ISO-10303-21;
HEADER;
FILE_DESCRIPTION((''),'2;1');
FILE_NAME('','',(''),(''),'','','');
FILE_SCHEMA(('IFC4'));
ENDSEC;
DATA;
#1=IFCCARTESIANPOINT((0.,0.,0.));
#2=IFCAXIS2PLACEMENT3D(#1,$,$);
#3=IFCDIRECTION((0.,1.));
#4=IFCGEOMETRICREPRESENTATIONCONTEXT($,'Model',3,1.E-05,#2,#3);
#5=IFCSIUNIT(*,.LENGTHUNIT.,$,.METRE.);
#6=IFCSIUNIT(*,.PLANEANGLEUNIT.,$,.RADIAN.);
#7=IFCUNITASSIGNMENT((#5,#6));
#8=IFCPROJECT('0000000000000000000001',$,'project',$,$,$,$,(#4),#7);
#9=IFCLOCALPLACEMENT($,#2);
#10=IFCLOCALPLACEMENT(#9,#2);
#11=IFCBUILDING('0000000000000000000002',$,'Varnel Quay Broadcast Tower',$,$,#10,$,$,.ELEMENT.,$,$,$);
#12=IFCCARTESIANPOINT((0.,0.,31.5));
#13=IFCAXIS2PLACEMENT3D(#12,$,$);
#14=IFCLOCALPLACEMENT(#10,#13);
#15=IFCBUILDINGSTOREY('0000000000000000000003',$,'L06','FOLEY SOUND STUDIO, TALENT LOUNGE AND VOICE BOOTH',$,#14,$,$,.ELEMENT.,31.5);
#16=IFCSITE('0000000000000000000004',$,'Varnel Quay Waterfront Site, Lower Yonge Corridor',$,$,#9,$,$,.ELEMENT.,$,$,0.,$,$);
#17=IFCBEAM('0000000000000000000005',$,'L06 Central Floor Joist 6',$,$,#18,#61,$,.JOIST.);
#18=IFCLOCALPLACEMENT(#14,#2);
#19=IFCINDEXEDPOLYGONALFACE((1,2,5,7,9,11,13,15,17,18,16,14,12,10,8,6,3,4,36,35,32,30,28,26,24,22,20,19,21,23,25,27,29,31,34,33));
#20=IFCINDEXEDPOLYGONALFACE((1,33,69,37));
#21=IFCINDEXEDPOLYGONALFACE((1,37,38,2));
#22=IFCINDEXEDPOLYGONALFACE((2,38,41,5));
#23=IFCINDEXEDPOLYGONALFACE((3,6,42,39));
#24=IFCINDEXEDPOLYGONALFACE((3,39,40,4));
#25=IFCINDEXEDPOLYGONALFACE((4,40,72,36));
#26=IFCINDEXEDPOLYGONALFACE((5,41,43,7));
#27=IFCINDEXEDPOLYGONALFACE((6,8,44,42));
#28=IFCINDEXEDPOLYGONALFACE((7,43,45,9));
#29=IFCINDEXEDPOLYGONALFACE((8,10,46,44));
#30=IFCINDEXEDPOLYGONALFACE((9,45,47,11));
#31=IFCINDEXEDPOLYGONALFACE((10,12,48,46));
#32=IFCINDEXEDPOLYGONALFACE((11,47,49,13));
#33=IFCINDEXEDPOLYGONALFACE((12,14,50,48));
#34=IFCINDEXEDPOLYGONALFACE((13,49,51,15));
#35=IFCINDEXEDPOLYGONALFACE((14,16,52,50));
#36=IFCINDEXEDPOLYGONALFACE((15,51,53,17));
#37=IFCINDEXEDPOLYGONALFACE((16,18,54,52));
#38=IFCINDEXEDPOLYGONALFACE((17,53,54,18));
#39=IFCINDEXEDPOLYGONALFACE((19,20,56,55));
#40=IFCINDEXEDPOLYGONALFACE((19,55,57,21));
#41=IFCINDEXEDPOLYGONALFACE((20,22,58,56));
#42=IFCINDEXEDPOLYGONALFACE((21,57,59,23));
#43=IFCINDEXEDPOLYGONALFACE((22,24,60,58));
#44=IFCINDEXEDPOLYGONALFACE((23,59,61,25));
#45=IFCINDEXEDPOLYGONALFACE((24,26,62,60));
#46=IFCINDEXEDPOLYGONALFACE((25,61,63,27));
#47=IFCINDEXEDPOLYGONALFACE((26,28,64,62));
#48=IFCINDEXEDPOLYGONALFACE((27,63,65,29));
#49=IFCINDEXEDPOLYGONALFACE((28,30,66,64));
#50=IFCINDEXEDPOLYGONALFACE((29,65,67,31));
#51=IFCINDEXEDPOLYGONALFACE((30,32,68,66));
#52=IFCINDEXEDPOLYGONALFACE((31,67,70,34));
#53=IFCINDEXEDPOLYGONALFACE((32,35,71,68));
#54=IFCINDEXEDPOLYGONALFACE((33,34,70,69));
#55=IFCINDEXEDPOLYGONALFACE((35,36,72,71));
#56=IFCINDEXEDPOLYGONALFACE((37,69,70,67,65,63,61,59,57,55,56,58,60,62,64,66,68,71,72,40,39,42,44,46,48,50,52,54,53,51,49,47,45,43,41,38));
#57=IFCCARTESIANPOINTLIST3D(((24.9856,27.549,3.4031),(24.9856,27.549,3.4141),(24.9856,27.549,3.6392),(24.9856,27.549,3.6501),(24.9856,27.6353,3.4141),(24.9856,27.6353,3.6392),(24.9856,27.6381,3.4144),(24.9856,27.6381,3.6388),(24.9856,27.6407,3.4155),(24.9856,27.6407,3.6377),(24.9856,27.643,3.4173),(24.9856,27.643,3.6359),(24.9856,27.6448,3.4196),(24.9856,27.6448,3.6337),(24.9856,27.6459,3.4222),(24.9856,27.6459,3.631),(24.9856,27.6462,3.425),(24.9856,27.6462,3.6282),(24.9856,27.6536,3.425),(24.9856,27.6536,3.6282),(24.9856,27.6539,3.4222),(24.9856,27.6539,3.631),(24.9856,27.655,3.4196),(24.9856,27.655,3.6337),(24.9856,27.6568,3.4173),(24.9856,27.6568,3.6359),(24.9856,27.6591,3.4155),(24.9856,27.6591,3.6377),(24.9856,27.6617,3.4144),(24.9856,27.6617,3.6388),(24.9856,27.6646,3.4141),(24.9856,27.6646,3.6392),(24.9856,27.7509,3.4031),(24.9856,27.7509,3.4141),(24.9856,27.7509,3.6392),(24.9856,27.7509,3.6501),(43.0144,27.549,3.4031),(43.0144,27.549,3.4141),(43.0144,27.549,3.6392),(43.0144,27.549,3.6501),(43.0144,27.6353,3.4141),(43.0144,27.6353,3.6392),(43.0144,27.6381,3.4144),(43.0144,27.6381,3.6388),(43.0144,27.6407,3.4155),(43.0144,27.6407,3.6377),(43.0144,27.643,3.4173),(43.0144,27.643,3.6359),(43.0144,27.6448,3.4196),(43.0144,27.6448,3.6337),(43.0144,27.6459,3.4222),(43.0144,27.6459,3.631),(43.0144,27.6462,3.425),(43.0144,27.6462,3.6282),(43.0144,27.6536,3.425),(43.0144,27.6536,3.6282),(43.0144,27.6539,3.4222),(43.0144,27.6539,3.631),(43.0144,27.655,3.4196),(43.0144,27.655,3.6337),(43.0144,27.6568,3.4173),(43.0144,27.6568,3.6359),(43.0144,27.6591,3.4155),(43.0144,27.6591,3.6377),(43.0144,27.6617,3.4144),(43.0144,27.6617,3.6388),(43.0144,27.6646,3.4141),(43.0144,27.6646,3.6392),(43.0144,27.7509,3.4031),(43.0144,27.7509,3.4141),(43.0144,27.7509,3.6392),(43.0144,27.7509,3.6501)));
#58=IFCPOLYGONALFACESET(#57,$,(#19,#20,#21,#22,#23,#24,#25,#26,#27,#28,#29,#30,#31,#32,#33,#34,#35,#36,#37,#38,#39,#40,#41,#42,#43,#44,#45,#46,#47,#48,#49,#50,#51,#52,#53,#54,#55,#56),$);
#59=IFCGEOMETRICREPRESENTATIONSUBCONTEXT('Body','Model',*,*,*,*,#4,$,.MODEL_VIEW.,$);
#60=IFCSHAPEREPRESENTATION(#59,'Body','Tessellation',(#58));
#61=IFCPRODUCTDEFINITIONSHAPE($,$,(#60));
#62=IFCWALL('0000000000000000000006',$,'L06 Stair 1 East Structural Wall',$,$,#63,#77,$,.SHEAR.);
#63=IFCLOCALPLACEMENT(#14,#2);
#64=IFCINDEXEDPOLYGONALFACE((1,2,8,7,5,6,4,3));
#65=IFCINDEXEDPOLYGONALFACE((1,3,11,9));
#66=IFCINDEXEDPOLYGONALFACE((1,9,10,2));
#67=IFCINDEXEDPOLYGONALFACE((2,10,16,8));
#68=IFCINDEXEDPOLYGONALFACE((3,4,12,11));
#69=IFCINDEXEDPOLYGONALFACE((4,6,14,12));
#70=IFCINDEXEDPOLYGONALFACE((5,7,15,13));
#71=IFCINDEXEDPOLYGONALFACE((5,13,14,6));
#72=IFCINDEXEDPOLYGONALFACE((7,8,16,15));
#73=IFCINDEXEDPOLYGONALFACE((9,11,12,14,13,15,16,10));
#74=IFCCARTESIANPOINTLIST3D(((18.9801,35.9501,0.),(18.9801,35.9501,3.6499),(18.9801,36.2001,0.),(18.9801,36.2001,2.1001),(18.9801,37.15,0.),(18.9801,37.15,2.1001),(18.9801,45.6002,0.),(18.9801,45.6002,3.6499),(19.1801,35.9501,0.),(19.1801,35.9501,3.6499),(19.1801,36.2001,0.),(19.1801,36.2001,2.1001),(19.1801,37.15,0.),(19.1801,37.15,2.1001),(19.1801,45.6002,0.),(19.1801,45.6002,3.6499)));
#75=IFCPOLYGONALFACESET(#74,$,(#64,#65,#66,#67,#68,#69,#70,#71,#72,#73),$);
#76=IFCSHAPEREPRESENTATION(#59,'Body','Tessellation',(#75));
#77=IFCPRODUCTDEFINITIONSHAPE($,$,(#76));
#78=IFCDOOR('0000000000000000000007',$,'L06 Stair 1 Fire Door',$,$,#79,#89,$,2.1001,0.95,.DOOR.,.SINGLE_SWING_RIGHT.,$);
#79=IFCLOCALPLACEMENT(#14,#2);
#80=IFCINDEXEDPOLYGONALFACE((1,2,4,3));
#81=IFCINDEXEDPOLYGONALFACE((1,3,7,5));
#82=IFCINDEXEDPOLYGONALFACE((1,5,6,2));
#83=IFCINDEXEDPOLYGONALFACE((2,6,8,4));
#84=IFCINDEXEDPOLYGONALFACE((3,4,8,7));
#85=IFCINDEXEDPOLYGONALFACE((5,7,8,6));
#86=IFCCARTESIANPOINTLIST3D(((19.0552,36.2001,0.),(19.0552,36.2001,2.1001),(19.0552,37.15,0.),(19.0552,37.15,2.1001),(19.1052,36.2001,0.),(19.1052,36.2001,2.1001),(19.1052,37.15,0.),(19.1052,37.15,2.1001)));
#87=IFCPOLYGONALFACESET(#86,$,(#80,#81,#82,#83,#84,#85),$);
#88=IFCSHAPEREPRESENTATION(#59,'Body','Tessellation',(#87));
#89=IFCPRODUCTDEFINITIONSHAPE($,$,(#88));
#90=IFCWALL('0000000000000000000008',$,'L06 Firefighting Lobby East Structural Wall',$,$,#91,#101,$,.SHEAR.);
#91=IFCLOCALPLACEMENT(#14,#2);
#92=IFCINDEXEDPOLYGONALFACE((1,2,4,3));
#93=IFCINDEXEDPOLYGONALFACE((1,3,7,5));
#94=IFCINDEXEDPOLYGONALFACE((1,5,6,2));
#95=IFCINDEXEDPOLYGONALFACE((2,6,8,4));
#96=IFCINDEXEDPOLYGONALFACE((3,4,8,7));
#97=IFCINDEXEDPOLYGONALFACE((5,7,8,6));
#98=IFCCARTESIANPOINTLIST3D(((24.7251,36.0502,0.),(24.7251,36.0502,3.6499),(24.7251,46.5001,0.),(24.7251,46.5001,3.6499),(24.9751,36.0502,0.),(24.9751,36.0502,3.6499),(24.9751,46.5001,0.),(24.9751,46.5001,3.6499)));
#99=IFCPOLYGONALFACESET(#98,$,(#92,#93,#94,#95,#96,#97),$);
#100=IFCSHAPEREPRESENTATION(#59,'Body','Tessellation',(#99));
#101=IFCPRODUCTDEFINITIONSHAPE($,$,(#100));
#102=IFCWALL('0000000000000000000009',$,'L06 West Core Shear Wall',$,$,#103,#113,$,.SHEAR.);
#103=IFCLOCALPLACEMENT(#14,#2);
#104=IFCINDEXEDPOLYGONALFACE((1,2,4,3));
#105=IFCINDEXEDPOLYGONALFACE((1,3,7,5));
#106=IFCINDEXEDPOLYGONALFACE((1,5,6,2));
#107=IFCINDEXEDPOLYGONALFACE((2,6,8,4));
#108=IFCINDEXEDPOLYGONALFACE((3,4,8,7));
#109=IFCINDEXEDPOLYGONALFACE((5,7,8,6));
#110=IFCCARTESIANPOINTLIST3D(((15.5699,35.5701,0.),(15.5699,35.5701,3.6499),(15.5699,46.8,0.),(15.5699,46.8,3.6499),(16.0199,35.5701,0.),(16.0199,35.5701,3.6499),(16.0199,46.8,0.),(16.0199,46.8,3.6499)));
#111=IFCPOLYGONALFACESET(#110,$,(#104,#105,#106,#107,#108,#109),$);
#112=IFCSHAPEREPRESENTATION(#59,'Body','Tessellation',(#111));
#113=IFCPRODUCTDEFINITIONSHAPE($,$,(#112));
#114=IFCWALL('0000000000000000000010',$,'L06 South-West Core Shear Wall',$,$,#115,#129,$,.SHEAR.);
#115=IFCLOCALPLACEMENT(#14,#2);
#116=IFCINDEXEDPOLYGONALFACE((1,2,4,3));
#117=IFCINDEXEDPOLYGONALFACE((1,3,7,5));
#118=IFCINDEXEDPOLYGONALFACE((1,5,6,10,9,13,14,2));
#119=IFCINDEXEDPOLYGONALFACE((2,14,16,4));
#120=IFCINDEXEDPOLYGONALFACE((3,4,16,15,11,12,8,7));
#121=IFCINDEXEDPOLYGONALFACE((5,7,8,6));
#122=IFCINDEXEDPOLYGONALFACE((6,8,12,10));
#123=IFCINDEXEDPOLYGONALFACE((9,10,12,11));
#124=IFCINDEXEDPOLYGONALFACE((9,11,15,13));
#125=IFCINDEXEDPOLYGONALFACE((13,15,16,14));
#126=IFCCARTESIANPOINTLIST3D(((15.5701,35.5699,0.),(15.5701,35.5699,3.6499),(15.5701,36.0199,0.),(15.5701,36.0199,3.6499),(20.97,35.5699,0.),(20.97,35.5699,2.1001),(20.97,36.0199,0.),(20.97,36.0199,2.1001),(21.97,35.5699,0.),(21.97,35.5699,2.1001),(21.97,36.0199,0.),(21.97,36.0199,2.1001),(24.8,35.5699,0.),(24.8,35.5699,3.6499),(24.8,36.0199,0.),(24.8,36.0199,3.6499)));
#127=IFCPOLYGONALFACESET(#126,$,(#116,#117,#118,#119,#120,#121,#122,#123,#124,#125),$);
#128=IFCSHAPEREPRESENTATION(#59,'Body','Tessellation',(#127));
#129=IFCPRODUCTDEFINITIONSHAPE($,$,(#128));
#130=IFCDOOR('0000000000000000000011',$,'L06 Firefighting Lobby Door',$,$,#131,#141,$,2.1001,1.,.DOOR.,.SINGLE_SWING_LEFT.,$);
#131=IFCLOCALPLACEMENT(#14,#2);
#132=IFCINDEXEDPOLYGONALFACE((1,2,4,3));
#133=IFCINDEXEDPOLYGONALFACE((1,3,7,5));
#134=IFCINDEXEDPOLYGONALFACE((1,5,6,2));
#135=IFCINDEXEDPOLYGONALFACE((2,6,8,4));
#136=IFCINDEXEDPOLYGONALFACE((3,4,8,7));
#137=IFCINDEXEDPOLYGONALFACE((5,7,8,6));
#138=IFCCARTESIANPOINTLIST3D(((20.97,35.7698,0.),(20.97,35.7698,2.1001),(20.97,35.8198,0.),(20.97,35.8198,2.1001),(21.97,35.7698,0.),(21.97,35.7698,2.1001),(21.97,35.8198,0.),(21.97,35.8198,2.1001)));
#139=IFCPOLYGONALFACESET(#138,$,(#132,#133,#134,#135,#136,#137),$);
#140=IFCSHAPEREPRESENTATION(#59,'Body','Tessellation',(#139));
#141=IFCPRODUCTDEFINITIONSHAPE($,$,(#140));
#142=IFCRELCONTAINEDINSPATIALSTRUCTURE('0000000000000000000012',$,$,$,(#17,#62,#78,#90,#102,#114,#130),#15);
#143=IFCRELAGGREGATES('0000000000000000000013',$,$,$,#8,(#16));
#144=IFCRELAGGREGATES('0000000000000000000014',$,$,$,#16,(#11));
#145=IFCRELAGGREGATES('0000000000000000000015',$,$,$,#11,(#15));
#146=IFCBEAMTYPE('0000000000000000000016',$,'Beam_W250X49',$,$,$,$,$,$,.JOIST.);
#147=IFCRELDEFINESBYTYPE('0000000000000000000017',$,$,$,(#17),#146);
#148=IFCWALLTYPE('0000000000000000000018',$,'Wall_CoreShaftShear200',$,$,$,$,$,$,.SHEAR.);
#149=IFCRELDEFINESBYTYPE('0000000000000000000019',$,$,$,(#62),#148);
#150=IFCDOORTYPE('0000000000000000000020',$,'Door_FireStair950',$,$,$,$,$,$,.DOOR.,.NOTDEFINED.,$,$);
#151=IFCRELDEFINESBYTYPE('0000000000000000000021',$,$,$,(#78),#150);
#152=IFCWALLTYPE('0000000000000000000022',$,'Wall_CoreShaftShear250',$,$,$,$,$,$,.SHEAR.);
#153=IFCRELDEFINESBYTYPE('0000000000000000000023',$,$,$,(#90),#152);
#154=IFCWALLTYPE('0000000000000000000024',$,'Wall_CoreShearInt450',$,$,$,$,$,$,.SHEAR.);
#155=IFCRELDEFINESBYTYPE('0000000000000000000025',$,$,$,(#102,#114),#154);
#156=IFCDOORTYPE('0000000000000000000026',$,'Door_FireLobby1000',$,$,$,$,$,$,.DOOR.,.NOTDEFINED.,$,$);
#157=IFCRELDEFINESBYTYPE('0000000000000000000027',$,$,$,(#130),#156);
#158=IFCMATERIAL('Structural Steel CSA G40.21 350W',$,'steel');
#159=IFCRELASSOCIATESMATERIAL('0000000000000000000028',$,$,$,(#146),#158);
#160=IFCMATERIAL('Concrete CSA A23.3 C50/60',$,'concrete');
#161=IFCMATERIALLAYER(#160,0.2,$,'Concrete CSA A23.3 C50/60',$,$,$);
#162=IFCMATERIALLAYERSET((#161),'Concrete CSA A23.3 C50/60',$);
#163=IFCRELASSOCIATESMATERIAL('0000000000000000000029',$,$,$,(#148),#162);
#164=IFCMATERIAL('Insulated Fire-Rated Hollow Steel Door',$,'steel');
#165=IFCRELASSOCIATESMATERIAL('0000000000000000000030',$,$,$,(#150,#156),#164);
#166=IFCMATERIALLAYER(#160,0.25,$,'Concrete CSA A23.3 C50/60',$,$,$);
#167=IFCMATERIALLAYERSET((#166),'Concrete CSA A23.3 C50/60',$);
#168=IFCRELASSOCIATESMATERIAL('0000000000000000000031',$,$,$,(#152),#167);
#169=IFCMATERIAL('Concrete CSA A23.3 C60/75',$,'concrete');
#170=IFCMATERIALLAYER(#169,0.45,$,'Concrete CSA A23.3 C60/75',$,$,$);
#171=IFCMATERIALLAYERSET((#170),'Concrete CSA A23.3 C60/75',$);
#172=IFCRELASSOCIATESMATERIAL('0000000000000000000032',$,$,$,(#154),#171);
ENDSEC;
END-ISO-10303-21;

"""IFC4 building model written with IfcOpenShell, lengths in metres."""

from ifc_helpers import new_model, si_unit, direction, frame, frame_2d, origin, origin_2d, place, context, subcontext, project, spatial, rectangle, i_section, extrude, source, transform, mapped, material, layer, layer_set, material_profile, profile_set, type_object, type_shapes, element, fill, save


model = new_model("IFC4")

# Units and contexts
model_context = context("Model", 3, precision=1e-05, world=origin(), true_north=direction((0.0, 1.0)))
body_context = subcontext(model_context, "Body", "Model", "MODEL_VIEW")
ifc_project = project(units=[si_unit("LENGTHUNIT", "METRE"), si_unit("PLANEANGLEUNIT", "RADIAN")], contexts=[model_context])

# Site, building, storey
site_placement = place(None, origin())
site = spatial("IfcSite", under=ifc_project, at=site_placement, Name="Varnel Quay Waterfront Site, Lower Yonge Corridor", CompositionType="ELEMENT", RefElevation=0.0)
building_placement = place(site_placement, origin())
building = spatial("IfcBuilding", under=site, at=building_placement, Name="Varnel Quay Broadcast Tower", CompositionType="ELEMENT")
storey_placement = place(building_placement, frame((0.0, 0.0, 31.5)))
storey = spatial("IfcBuildingStorey", under=building, at=storey_placement, Name="L06", Description="FOLEY SOUND STUDIO, TALENT LOUNGE AND VOICE BOOTH", CompositionType="ELEMENT", Elevation=31.5)

# Shared definitions
ifc_material_1 = material(Name="Concrete CSA A23.3 C60/75", Category="concrete")

# Beam
ifc_material_2 = material(Name="Structural Steel CSA G40.21 350W", Category="steel")
ifc_material_profile_1 = material_profile(ifc_material_2, i_section(OverallWidth=0.2019, OverallDepth=0.2471, WebThickness=0.0073, FlangeThickness=0.011, FilletRadius=0.011, at=origin_2d()), Name="W250X49")
ifc_profile_set_1 = profile_set([ifc_material_profile_1], Name="Structural Steel CSA G40.21 350W")
beam_type_1 = type_object("IfcBeamType", Name="Beam_W250X49", PredefinedType="JOIST", material=ifc_profile_set_1)
shared_shape_1 = source(origin(), body_context, "Body", "SweptSolid", [
    extrude(i_section(OverallWidth=0.2019, OverallDepth=0.2471, WebThickness=0.0073, FlangeThickness=0.011, FilletRadius=0.011, at=origin_2d()), origin(), (0.0, 0.0, 1.0), 18.0288),
])
beam_1_placement = place(storey_placement, frame((24.9856, 27.6499, 3.5266), z_axis=(1.0, 0.0, 0.0), x_axis=(0.0, 1.0, 0.0)))
element("IfcBeam", 1, at=beam_1_placement, inside=storey, type_object=beam_type_1, Name="L06 Central Floor Joist 6", PredefinedType="JOIST", context=body_context, shape_type="MappedRepresentation", body=[
    mapped(shared_shape_1, transform((0.0, 0.0, 0.0), x_axis=(1.0, 0.0, 0.0), y_axis=(0.0, 1.0, 0.0), z_axis=(0.0, 0.0, 1.0), scale=1.0)),
])

# Wall, opening, door
ifc_material_3 = material(Name="Concrete CSA A23.3 C50/60", Category="concrete")
ifc_layer_1 = layer(ifc_material_3, 0.2, Name="Concrete CSA A23.3 C50/60")
ifc_layer_set_1 = layer_set([ifc_layer_1], Name="Concrete CSA A23.3 C50/60")
wall_type_1 = type_object("IfcWallType", Name="Wall_CoreShaftShear200", PredefinedType="SHEAR", material=ifc_layer_set_1)
wall_1_placement = place(storey_placement, frame((19.0801, 35.95, 0.0), z_axis=(0.0, 0.0, 1.0), x_axis=(0.0, 1.0, 0.0)))
wall_1 = element("IfcWall", 2, at=wall_1_placement, inside=storey, type_object=wall_type_1, Name="L06 Stair 1 East Structural Wall", PredefinedType="SHEAR", context=body_context, shape_type="SweptSolid", body=[
    extrude(rectangle(XDim=9.6501, YDim=0.2, at=frame_2d((4.8252, 0.0))), origin(), (0.0, 0.0, 1.0), 3.6499),
])
opening_1_placement = place(wall_1_placement, frame((0.25, 0.0, 0.0)))
opening_1 = element("IfcOpeningElement", 3, at=opening_1_placement, cuts=wall_1, PredefinedType="OPENING", context=body_context, shape_type="SweptSolid", body=[
    extrude(rectangle(XDim=0.95, YDim=2.1001, at=frame_2d((0.4751, 1.05))), frame((0.0, 0.1099, 0.0), z_axis=(0.0, -1.0, 0.0), x_axis=(1.0, 0.0, 0.0)), (0.0, 0.0, 1.0), 0.22),
])
ifc_material_4 = material(Name="Insulated Fire-Rated Hollow Steel Door", Category="steel")
door_type_1 = type_object("IfcDoorType", Name="Door_FireStair950", OperationType="NOTDEFINED", PredefinedType="DOOR", material=ifc_material_4)
shared_shape_2 = source(origin(), body_context, "Body", "SweptSolid", [
    extrude(rectangle(XDim=0.95, YDim=2.1001, at=frame_2d((0.4751, 1.05))), frame((0.0, 0.0249, 0.0), z_axis=(0.0, -1.0, 0.0), x_axis=(1.0, 0.0, 0.0)), (0.0, 0.0, 1.0), 0.05),
])
type_shapes(door_type_1, [shared_shape_2])
door_1_placement = place(opening_1_placement, origin())
door_1 = element("IfcDoor", 4, at=door_1_placement, inside=storey, type_object=door_type_1, Name="L06 Stair 1 Fire Door", OperationType="SINGLE_SWING_RIGHT", OverallHeight=2.1001, OverallWidth=0.95, PredefinedType="DOOR", context=body_context, shape_type="MappedRepresentation", body=[
    mapped(shared_shape_2, transform((0.0, 0.0, 0.0), x_axis=(1.0, 0.0, 0.0), y_axis=(0.0, 1.0, 0.0), z_axis=(0.0, 0.0, 1.0), scale=1.0)),
])
fill(opening_1, door_1)

# Walls
ifc_layer_2 = layer(ifc_material_3, 0.25, Name="Concrete CSA A23.3 C50/60")
ifc_layer_set_2 = layer_set([ifc_layer_2], Name="Concrete CSA A23.3 C50/60")
wall_type_2 = type_object("IfcWallType", Name="Wall_CoreShaftShear250", PredefinedType="SHEAR", material=ifc_layer_set_2)
wall_2_placement = place(storey_placement, frame((24.8501, 36.05, 0.0), z_axis=(0.0, 0.0, 1.0), x_axis=(0.0, 1.0, 0.0)))
element("IfcWall", 5, at=wall_2_placement, inside=storey, type_object=wall_type_2, Name="L06 Firefighting Lobby East Structural Wall", PredefinedType="SHEAR", context=body_context, shape_type="SweptSolid", body=[
    extrude(rectangle(XDim=10.45, YDim=0.25, at=frame_2d((5.2251, 0.0))), origin(), (0.0, 0.0, 1.0), 3.6499),
])
ifc_layer_3 = layer(ifc_material_1, 0.45, Name="Concrete CSA A23.3 C60/75")
ifc_layer_set_3 = layer_set([ifc_layer_3], Name="Concrete CSA A23.3 C60/75")
wall_type_3 = type_object("IfcWallType", Name="Wall_CoreShearInt450", PredefinedType="SHEAR", material=ifc_layer_set_3)
wall_3_placement = place(storey_placement, frame((15.7949, 35.5701, 0.0), z_axis=(0.0, 0.0, 1.0), x_axis=(0.0, 1.0, 0.0)))
element("IfcWall", 6, at=wall_3_placement, inside=storey, type_object=wall_type_3, Name="L06 West Core Shear Wall", PredefinedType="SHEAR", context=body_context, shape_type="SweptSolid", body=[
    extrude(rectangle(XDim=11.23, YDim=0.45, at=frame_2d((5.615, 0.0))), origin(), (0.0, 0.0, 1.0), 3.6499),
])

# Wall, opening, door
wall_4_placement = place(storey_placement, frame((15.5701, 35.7949, 0.0), z_axis=(0.0, 0.0, 1.0), x_axis=(1.0, 0.0, 0.0)))
wall_4 = element("IfcWall", 7, at=wall_4_placement, inside=storey, type_object=wall_type_3, Name="L06 South-West Core Shear Wall", PredefinedType="SHEAR", context=body_context, shape_type="SweptSolid", body=[
    extrude(rectangle(XDim=9.23, YDim=0.45, at=frame_2d((4.615, 0.0))), origin(), (0.0, 0.0, 1.0), 3.6499),
])
opening_2_placement = place(wall_4_placement, frame((5.3999, 0.0, 0.0)))
opening_2 = element("IfcOpeningElement", 8, at=opening_2_placement, cuts=wall_4, PredefinedType="OPENING", context=body_context, shape_type="SweptSolid", body=[
    extrude(rectangle(XDim=1.0, YDim=2.1001, at=frame_2d((0.5, 1.05))), frame((0.0, 0.2349, 0.0), z_axis=(0.0, -1.0, 0.0), x_axis=(1.0, 0.0, 0.0)), (0.0, 0.0, 1.0), 0.47),
])
door_type_2 = type_object("IfcDoorType", Name="Door_FireLobby1000", OperationType="NOTDEFINED", PredefinedType="DOOR", material=ifc_material_4)
shared_shape_3 = source(origin(), body_context, "Body", "SweptSolid", [
    extrude(rectangle(XDim=1.0, YDim=2.1001, at=frame_2d((0.5, 1.05))), frame((0.0, 0.0249, 0.0), z_axis=(0.0, -1.0, 0.0), x_axis=(1.0, 0.0, 0.0)), (0.0, 0.0, 1.0), 0.05),
])
type_shapes(door_type_2, [shared_shape_3])
door_2_placement = place(opening_2_placement, origin())
door_2 = element("IfcDoor", 9, at=door_2_placement, inside=storey, type_object=door_type_2, Name="L06 Firefighting Lobby Door", OperationType="SINGLE_SWING_LEFT", OverallHeight=2.1001, OverallWidth=1.0, PredefinedType="DOOR", context=body_context, shape_type="MappedRepresentation", body=[
    mapped(shared_shape_3, transform((0.0, 0.0, 0.0), x_axis=(1.0, 0.0, 0.0), y_axis=(0.0, 1.0, 0.0), z_axis=(0.0, 0.0, 1.0), scale=1.0)),
])
fill(opening_2, door_2)

save(model, "model.ifc")
